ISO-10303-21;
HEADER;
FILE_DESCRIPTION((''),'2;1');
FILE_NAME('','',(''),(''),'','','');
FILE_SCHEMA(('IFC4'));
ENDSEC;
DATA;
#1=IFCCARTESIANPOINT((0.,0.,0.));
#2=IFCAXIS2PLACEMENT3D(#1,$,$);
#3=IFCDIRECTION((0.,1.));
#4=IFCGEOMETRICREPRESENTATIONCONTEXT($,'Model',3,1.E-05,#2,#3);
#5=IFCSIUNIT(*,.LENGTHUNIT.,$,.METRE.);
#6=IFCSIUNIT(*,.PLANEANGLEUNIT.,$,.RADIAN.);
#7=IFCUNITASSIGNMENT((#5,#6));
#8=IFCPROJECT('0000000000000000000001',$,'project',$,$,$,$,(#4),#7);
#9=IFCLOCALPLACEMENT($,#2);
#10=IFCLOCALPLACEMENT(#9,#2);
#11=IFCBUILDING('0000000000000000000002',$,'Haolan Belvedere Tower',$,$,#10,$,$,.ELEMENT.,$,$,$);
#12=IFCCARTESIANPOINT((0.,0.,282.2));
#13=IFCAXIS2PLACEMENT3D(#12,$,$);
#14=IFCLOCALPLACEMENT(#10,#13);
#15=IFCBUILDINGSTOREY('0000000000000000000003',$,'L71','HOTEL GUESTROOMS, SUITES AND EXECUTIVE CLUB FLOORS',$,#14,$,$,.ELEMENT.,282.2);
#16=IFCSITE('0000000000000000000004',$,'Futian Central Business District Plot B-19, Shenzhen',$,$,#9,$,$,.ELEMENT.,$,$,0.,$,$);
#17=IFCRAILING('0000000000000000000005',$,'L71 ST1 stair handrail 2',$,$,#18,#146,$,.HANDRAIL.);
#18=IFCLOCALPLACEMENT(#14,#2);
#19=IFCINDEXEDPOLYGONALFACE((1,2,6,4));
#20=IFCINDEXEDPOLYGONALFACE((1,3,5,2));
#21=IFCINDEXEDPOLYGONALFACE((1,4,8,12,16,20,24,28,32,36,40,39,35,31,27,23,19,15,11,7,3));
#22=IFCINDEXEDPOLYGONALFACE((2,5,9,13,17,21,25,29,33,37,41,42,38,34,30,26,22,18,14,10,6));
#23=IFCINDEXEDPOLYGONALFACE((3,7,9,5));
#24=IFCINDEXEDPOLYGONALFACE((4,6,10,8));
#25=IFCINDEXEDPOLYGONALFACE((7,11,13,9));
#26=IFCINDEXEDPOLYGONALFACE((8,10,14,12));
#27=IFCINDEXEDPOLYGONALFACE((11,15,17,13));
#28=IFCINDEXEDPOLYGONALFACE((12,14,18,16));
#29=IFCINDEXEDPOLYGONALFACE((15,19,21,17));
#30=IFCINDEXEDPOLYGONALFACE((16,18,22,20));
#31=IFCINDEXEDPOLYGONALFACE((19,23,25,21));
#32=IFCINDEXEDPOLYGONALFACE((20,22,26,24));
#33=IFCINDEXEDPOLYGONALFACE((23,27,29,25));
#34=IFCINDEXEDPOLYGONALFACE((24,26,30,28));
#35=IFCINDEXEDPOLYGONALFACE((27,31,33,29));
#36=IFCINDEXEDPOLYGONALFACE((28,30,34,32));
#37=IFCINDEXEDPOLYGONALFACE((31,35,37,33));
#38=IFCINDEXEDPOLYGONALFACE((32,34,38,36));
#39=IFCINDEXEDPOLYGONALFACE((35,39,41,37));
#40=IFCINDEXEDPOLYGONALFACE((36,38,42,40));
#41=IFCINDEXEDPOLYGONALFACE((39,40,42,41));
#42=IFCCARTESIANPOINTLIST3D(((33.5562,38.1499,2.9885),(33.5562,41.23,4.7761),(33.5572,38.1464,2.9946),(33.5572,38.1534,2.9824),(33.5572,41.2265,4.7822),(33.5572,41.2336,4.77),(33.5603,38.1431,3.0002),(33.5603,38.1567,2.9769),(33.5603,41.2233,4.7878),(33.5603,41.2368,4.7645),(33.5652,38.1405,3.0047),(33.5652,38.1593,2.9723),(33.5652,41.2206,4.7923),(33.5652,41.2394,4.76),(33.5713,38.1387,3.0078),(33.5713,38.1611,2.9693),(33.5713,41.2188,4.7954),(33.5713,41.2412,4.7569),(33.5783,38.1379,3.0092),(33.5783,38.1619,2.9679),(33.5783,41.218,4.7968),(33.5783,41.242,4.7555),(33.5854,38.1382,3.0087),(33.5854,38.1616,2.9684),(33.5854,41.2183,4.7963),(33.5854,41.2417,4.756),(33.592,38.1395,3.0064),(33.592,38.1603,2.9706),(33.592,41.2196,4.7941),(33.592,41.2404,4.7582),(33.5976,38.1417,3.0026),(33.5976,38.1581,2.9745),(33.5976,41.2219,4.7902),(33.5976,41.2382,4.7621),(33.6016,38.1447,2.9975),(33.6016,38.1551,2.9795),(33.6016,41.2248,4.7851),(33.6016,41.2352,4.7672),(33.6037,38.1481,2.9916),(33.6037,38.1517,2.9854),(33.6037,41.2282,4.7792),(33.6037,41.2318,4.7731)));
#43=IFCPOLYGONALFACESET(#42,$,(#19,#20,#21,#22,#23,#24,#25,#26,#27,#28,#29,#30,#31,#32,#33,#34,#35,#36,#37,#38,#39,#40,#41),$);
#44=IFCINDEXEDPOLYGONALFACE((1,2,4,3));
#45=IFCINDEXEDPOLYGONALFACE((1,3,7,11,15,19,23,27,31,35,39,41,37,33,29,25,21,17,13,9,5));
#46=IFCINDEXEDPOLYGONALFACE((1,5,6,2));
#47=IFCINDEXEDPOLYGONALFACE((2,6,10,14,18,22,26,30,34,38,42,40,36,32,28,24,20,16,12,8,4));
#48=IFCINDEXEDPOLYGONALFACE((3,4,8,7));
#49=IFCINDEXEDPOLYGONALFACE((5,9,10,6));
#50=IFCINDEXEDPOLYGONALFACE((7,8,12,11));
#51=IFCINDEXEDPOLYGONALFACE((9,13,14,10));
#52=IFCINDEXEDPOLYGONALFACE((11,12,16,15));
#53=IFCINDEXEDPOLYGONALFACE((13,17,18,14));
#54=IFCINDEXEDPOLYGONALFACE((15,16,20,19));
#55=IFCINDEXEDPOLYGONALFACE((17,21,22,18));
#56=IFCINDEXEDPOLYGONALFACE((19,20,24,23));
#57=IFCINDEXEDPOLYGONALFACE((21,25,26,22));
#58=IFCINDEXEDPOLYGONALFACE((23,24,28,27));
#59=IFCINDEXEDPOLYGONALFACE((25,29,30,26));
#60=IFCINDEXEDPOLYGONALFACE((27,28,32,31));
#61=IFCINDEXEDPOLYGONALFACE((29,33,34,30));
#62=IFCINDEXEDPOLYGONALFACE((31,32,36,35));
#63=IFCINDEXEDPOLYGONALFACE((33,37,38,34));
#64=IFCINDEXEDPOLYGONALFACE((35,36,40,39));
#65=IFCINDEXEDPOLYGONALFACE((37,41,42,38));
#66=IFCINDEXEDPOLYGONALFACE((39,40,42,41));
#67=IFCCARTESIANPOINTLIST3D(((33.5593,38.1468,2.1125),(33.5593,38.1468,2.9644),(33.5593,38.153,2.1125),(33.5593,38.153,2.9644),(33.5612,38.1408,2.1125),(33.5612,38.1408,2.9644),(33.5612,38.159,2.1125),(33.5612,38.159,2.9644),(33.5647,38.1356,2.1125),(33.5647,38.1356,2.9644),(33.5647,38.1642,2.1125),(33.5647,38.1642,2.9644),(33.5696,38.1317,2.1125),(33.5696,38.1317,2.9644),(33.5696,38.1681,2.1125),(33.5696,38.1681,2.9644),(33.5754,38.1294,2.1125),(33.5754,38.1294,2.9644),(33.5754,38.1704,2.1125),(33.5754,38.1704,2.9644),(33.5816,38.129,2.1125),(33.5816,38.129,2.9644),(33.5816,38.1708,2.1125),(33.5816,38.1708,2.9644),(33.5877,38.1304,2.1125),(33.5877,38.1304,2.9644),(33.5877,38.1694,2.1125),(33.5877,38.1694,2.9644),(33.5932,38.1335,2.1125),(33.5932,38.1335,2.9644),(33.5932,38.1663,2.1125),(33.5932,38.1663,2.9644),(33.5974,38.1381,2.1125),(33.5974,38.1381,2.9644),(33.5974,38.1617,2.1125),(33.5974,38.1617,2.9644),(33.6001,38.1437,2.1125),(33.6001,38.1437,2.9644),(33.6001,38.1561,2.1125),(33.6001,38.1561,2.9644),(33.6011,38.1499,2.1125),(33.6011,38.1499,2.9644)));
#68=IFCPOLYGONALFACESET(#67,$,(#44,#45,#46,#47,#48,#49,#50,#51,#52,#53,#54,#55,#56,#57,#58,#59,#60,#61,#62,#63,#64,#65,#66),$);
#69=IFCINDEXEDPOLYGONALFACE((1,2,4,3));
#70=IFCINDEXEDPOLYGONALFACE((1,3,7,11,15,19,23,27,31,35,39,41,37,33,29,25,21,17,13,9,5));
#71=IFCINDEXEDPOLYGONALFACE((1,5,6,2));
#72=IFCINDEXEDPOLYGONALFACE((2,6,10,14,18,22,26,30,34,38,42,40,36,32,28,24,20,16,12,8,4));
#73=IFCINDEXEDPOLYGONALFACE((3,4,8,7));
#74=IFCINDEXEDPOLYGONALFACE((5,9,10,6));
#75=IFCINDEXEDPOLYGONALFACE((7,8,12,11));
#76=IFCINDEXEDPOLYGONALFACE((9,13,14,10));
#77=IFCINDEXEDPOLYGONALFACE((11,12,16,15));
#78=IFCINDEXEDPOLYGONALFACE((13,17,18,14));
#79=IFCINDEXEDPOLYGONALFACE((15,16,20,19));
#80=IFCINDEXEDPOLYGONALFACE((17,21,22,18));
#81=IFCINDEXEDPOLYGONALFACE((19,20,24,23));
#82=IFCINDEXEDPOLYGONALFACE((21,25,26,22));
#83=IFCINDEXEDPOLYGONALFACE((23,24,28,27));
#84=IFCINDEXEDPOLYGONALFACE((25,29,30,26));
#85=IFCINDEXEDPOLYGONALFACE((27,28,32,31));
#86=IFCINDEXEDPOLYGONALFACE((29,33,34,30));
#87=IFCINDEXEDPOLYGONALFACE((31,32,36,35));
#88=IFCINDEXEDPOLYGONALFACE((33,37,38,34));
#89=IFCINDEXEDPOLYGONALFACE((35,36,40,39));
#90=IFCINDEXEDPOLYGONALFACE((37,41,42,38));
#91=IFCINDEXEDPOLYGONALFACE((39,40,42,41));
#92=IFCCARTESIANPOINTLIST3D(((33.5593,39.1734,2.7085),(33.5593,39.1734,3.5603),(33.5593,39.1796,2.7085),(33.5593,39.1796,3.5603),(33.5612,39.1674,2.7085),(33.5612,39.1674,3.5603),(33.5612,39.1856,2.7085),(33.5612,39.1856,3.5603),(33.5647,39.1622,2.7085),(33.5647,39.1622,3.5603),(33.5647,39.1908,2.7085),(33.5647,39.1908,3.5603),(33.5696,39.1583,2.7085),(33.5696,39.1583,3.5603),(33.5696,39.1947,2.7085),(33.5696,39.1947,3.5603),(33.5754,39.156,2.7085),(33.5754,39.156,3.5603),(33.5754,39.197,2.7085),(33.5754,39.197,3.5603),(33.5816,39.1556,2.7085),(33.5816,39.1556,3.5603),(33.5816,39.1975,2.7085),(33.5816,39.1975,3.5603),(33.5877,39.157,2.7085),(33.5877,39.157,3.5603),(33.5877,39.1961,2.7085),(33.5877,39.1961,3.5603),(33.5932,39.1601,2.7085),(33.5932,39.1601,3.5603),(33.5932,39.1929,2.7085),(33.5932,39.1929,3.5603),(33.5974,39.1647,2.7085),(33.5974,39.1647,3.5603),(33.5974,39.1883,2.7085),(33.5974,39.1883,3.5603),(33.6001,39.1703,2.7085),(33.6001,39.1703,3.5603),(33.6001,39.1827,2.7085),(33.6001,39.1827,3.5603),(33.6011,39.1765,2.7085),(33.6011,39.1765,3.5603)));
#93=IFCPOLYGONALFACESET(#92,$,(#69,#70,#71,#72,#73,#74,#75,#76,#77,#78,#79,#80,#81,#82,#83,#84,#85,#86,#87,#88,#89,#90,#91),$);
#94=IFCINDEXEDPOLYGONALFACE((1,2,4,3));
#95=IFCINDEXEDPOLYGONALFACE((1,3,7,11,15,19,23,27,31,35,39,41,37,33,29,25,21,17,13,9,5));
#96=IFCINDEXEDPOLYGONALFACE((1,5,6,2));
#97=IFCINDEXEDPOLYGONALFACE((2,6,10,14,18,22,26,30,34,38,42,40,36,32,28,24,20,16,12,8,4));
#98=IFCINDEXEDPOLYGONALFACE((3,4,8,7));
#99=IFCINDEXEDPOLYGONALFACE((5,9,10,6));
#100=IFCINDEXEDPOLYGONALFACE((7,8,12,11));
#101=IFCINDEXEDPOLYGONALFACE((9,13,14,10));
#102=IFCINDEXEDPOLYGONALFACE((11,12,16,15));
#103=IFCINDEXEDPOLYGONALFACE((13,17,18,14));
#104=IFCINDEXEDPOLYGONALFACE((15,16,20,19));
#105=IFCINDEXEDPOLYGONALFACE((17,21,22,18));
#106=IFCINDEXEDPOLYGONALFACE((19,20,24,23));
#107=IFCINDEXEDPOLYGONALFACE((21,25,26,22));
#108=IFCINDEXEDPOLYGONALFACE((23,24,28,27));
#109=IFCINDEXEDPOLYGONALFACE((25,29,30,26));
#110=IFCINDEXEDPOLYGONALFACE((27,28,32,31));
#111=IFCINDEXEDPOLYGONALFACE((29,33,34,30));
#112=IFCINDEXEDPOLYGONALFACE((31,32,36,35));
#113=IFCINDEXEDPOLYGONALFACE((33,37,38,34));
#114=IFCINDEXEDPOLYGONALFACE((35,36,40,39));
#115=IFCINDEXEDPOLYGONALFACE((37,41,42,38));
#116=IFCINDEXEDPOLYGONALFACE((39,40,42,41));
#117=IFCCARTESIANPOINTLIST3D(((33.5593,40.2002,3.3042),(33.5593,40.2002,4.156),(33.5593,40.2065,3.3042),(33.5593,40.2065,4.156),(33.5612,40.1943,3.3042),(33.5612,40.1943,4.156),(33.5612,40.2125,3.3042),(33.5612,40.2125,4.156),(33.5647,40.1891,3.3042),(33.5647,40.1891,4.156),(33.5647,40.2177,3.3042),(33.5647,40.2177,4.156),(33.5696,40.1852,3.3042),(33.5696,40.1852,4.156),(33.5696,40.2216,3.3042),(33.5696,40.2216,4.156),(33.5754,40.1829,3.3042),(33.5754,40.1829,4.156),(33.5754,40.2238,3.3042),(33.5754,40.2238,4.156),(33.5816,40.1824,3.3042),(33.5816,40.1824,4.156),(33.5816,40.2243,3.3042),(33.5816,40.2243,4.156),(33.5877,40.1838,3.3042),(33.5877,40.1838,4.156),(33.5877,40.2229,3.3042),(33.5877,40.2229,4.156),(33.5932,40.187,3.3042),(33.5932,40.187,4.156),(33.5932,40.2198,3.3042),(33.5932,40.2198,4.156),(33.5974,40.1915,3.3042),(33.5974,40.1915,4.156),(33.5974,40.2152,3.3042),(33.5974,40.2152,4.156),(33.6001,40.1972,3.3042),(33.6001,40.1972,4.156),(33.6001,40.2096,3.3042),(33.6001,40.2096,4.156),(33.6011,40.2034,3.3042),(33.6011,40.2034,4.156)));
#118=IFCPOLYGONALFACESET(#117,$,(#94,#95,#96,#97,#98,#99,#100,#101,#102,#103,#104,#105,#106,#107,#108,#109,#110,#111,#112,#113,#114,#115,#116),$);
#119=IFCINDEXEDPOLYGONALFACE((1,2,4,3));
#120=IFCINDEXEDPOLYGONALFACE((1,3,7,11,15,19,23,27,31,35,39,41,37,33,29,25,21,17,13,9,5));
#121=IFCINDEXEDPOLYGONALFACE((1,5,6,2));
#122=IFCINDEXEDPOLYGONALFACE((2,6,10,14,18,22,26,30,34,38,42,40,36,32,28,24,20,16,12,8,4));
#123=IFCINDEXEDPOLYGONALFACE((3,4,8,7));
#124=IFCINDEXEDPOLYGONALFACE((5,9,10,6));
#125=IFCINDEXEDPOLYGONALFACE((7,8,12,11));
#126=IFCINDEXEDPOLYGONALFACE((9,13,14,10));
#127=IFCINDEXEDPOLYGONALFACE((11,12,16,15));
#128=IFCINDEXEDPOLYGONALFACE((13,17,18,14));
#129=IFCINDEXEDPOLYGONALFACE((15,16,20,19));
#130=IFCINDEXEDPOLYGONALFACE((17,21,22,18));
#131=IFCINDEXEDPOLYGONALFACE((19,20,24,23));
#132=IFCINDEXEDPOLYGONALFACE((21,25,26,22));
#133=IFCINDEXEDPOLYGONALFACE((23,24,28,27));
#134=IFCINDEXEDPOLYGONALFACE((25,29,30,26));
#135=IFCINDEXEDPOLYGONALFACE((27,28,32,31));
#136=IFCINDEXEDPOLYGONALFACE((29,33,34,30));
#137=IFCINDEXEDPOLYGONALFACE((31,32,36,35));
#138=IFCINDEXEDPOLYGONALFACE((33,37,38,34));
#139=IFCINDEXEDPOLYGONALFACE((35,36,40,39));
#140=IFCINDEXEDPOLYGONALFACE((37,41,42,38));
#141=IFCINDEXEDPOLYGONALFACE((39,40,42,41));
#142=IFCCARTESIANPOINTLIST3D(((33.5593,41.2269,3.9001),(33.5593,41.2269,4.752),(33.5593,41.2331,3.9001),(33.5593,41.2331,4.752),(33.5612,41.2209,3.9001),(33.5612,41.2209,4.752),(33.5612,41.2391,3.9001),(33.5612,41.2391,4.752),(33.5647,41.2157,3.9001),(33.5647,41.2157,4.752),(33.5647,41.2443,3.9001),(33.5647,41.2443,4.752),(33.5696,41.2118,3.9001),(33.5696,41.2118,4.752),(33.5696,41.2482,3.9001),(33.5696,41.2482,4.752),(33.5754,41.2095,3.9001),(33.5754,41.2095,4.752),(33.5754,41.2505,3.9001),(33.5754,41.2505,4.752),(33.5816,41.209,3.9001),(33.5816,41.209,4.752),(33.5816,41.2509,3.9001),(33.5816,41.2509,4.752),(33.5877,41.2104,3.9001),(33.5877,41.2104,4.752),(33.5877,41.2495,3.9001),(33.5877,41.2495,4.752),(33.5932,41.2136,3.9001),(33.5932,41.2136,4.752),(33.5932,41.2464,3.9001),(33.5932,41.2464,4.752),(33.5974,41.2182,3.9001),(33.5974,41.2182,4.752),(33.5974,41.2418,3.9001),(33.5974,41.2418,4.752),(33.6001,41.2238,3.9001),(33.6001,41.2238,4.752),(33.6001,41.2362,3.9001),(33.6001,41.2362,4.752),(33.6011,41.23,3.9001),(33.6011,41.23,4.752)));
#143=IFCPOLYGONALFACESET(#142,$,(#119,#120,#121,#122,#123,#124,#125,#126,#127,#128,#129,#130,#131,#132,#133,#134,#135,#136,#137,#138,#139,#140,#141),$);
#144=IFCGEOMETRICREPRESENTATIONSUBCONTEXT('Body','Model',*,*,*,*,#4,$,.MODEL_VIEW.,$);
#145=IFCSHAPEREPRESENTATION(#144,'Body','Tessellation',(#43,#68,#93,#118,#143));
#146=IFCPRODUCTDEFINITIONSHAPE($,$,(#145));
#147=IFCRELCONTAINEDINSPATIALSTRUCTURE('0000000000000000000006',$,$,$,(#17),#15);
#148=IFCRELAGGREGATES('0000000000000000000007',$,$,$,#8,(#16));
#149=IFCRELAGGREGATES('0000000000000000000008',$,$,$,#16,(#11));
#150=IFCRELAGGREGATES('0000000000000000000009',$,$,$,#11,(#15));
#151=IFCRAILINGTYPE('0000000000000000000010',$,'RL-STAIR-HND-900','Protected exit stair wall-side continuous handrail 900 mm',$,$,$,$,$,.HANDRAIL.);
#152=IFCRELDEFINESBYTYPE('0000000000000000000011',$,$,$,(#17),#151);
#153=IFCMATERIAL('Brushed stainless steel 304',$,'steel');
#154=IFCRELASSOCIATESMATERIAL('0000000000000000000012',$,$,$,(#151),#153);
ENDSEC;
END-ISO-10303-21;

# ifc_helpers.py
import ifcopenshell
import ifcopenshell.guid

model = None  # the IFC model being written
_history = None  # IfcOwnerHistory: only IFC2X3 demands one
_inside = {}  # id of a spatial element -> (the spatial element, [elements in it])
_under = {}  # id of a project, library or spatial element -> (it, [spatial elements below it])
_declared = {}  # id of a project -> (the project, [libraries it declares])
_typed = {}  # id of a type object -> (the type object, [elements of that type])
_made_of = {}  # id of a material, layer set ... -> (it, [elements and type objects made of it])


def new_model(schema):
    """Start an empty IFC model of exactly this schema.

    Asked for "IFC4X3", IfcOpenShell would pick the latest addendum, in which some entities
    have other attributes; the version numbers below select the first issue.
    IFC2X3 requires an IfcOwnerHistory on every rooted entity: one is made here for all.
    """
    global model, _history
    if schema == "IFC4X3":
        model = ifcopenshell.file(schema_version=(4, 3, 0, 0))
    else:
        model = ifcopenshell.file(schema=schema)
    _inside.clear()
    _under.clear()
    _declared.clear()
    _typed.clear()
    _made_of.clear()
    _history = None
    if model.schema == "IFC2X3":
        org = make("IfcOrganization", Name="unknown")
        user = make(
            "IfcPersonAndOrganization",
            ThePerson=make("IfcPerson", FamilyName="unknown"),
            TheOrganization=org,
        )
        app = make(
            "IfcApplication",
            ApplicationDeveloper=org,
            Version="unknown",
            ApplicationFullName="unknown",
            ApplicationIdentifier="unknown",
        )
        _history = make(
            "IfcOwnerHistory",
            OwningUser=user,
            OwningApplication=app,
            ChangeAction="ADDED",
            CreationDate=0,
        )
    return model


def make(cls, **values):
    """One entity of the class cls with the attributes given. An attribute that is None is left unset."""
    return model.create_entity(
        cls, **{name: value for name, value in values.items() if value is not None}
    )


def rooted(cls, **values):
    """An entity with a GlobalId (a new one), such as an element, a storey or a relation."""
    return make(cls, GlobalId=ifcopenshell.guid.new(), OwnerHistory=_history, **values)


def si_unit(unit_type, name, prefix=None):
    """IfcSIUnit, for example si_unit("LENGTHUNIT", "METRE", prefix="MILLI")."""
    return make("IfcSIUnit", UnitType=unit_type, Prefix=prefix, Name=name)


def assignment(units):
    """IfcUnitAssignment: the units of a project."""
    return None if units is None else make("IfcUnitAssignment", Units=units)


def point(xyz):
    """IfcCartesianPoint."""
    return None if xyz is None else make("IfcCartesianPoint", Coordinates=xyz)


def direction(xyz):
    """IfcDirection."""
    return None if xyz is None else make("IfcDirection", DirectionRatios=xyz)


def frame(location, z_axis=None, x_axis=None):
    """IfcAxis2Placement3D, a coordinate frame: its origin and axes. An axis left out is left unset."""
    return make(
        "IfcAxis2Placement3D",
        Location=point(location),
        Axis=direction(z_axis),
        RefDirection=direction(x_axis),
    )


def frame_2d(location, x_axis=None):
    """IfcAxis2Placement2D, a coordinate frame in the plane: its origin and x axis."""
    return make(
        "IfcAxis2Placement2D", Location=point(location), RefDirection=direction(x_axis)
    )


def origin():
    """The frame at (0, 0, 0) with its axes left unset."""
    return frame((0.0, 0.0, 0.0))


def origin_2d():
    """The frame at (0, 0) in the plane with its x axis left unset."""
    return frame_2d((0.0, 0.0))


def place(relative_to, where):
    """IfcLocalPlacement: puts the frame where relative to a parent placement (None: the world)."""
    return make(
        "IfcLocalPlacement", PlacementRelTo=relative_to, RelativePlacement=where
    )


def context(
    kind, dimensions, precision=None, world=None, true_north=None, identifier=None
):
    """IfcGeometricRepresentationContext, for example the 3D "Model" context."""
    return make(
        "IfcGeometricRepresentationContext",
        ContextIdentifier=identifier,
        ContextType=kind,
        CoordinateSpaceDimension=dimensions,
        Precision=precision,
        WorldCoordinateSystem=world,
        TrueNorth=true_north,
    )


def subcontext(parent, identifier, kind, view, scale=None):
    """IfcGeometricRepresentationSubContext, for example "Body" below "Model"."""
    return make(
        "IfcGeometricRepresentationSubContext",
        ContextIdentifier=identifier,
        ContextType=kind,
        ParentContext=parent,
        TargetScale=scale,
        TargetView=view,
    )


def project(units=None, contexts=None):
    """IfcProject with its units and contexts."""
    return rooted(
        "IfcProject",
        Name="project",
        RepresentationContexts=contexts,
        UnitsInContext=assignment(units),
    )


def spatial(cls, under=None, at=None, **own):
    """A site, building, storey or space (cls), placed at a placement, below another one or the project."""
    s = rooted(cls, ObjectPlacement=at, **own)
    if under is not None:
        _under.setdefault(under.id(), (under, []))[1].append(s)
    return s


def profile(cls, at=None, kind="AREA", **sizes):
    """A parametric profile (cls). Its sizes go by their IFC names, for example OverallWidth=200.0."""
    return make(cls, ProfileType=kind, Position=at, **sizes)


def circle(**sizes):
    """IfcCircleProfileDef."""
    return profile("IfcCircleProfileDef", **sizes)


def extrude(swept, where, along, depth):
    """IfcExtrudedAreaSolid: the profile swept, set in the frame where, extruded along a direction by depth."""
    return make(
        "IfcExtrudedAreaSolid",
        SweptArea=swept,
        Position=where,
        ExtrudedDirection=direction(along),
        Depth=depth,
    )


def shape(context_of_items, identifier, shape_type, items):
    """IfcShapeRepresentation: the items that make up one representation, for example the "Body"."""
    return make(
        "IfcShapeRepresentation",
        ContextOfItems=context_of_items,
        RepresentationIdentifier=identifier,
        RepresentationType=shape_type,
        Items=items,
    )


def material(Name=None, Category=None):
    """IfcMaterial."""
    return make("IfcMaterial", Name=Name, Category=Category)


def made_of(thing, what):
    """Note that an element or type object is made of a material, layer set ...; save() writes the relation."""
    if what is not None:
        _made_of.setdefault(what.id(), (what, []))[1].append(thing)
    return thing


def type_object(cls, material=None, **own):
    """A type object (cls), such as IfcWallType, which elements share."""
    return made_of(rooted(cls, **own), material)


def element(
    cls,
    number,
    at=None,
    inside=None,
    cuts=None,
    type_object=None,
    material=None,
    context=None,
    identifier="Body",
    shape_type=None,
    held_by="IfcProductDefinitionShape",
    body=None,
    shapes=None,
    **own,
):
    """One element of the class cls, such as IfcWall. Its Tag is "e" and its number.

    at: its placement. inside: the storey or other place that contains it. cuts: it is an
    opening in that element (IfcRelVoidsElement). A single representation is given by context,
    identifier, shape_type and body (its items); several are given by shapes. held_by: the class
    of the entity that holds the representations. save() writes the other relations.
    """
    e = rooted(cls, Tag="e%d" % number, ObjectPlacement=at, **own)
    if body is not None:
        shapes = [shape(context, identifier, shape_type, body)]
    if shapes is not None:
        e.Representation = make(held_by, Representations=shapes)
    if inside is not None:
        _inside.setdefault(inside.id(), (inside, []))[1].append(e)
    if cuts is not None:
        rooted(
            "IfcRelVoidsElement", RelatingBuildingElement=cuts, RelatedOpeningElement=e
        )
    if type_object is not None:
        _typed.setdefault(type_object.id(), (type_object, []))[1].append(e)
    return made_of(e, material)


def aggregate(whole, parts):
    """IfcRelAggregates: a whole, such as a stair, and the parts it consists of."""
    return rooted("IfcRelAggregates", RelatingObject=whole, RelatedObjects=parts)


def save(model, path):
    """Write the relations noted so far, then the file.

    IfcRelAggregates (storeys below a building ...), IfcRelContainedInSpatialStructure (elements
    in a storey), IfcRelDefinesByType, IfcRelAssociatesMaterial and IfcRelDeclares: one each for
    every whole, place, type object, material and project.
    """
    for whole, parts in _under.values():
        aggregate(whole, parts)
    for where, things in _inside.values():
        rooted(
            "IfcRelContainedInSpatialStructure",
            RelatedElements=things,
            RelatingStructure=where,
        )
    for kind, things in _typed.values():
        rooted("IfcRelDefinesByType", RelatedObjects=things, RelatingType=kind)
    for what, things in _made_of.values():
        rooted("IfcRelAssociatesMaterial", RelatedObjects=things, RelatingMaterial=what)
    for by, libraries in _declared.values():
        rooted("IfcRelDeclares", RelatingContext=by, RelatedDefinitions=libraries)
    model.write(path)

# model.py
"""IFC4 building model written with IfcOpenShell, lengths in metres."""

from ifc_helpers import new_model, si_unit, direction, frame, origin, origin_2d, place, context, subcontext, project, spatial, circle, extrude, material, type_object, element, save


model = new_model("IFC4")

# Units and contexts
model_context = context("Model", 3, precision=1e-05, world=origin(), true_north=direction((0.0, 1.0)))
body_context = subcontext(model_context, "Body", "Model", "MODEL_VIEW")
ifc_project = project(units=[si_unit("LENGTHUNIT", "METRE"), si_unit("PLANEANGLEUNIT", "RADIAN")], contexts=[model_context])

# Site, building, storey
site_placement = place(None, origin())
site = spatial("IfcSite", under=ifc_project, at=site_placement, Name="Futian Central Business District Plot B-19, Shenzhen", CompositionType="ELEMENT", RefElevation=0.0)
building_placement = place(site_placement, origin())
building = spatial("IfcBuilding", under=site, at=building_placement, Name="Haolan Belvedere Tower", CompositionType="ELEMENT")
storey_placement = place(building_placement, frame((0.0, 0.0, 282.2)))
storey = spatial("IfcBuildingStorey", under=building, at=storey_placement, Name="L71", Description="HOTEL GUESTROOMS, SUITES AND EXECUTIVE CLUB FLOORS", CompositionType="ELEMENT", Elevation=282.2)

# Railing
ifc_material_1 = material(Name="Brushed stainless steel 304", Category="steel")
railing_type_1 = type_object("IfcRailingType", Name="RL-STAIR-HND-900", Description="Protected exit stair wall-side continuous handrail 900 mm", PredefinedType="HANDRAIL", material=ifc_material_1)
railing_1_placement = place(storey_placement, frame((33.5801, 38.1499, 2.1125)))
element("IfcRailing", 1, at=railing_1_placement, inside=storey, type_object=railing_type_1, Name="L71 ST1 stair handrail 2", PredefinedType="HANDRAIL", context=body_context, shape_type="SweptSolid", body=[
    extrude(circle(Radius=0.0239, at=origin_2d()), frame((0.0, 0.0, 0.876), z_axis=(0.0, 0.864891, 0.50196), x_axis=(-1.0, 0.0, 0.0)), (0.0, 0.0, 1.0), 3.5613),
    extrude(circle(Radius=0.021, at=origin_2d()), origin(), (0.0, 0.0, 1.0), 0.8518),
    extrude(circle(Radius=0.021, at=origin_2d()), frame((0.0, 1.0266, 0.5959)), (0.0, 0.0, 1.0), 0.8518),
    extrude(circle(Radius=0.021, at=origin_2d()), frame((0.0, 2.0535, 1.1917)), (0.0, 0.0, 1.0), 0.8518),
    extrude(circle(Radius=0.021, at=origin_2d()), frame((0.0, 3.0801, 1.7876)), (0.0, 0.0, 1.0), 0.8518),
])

save(model, "model.ifc")
